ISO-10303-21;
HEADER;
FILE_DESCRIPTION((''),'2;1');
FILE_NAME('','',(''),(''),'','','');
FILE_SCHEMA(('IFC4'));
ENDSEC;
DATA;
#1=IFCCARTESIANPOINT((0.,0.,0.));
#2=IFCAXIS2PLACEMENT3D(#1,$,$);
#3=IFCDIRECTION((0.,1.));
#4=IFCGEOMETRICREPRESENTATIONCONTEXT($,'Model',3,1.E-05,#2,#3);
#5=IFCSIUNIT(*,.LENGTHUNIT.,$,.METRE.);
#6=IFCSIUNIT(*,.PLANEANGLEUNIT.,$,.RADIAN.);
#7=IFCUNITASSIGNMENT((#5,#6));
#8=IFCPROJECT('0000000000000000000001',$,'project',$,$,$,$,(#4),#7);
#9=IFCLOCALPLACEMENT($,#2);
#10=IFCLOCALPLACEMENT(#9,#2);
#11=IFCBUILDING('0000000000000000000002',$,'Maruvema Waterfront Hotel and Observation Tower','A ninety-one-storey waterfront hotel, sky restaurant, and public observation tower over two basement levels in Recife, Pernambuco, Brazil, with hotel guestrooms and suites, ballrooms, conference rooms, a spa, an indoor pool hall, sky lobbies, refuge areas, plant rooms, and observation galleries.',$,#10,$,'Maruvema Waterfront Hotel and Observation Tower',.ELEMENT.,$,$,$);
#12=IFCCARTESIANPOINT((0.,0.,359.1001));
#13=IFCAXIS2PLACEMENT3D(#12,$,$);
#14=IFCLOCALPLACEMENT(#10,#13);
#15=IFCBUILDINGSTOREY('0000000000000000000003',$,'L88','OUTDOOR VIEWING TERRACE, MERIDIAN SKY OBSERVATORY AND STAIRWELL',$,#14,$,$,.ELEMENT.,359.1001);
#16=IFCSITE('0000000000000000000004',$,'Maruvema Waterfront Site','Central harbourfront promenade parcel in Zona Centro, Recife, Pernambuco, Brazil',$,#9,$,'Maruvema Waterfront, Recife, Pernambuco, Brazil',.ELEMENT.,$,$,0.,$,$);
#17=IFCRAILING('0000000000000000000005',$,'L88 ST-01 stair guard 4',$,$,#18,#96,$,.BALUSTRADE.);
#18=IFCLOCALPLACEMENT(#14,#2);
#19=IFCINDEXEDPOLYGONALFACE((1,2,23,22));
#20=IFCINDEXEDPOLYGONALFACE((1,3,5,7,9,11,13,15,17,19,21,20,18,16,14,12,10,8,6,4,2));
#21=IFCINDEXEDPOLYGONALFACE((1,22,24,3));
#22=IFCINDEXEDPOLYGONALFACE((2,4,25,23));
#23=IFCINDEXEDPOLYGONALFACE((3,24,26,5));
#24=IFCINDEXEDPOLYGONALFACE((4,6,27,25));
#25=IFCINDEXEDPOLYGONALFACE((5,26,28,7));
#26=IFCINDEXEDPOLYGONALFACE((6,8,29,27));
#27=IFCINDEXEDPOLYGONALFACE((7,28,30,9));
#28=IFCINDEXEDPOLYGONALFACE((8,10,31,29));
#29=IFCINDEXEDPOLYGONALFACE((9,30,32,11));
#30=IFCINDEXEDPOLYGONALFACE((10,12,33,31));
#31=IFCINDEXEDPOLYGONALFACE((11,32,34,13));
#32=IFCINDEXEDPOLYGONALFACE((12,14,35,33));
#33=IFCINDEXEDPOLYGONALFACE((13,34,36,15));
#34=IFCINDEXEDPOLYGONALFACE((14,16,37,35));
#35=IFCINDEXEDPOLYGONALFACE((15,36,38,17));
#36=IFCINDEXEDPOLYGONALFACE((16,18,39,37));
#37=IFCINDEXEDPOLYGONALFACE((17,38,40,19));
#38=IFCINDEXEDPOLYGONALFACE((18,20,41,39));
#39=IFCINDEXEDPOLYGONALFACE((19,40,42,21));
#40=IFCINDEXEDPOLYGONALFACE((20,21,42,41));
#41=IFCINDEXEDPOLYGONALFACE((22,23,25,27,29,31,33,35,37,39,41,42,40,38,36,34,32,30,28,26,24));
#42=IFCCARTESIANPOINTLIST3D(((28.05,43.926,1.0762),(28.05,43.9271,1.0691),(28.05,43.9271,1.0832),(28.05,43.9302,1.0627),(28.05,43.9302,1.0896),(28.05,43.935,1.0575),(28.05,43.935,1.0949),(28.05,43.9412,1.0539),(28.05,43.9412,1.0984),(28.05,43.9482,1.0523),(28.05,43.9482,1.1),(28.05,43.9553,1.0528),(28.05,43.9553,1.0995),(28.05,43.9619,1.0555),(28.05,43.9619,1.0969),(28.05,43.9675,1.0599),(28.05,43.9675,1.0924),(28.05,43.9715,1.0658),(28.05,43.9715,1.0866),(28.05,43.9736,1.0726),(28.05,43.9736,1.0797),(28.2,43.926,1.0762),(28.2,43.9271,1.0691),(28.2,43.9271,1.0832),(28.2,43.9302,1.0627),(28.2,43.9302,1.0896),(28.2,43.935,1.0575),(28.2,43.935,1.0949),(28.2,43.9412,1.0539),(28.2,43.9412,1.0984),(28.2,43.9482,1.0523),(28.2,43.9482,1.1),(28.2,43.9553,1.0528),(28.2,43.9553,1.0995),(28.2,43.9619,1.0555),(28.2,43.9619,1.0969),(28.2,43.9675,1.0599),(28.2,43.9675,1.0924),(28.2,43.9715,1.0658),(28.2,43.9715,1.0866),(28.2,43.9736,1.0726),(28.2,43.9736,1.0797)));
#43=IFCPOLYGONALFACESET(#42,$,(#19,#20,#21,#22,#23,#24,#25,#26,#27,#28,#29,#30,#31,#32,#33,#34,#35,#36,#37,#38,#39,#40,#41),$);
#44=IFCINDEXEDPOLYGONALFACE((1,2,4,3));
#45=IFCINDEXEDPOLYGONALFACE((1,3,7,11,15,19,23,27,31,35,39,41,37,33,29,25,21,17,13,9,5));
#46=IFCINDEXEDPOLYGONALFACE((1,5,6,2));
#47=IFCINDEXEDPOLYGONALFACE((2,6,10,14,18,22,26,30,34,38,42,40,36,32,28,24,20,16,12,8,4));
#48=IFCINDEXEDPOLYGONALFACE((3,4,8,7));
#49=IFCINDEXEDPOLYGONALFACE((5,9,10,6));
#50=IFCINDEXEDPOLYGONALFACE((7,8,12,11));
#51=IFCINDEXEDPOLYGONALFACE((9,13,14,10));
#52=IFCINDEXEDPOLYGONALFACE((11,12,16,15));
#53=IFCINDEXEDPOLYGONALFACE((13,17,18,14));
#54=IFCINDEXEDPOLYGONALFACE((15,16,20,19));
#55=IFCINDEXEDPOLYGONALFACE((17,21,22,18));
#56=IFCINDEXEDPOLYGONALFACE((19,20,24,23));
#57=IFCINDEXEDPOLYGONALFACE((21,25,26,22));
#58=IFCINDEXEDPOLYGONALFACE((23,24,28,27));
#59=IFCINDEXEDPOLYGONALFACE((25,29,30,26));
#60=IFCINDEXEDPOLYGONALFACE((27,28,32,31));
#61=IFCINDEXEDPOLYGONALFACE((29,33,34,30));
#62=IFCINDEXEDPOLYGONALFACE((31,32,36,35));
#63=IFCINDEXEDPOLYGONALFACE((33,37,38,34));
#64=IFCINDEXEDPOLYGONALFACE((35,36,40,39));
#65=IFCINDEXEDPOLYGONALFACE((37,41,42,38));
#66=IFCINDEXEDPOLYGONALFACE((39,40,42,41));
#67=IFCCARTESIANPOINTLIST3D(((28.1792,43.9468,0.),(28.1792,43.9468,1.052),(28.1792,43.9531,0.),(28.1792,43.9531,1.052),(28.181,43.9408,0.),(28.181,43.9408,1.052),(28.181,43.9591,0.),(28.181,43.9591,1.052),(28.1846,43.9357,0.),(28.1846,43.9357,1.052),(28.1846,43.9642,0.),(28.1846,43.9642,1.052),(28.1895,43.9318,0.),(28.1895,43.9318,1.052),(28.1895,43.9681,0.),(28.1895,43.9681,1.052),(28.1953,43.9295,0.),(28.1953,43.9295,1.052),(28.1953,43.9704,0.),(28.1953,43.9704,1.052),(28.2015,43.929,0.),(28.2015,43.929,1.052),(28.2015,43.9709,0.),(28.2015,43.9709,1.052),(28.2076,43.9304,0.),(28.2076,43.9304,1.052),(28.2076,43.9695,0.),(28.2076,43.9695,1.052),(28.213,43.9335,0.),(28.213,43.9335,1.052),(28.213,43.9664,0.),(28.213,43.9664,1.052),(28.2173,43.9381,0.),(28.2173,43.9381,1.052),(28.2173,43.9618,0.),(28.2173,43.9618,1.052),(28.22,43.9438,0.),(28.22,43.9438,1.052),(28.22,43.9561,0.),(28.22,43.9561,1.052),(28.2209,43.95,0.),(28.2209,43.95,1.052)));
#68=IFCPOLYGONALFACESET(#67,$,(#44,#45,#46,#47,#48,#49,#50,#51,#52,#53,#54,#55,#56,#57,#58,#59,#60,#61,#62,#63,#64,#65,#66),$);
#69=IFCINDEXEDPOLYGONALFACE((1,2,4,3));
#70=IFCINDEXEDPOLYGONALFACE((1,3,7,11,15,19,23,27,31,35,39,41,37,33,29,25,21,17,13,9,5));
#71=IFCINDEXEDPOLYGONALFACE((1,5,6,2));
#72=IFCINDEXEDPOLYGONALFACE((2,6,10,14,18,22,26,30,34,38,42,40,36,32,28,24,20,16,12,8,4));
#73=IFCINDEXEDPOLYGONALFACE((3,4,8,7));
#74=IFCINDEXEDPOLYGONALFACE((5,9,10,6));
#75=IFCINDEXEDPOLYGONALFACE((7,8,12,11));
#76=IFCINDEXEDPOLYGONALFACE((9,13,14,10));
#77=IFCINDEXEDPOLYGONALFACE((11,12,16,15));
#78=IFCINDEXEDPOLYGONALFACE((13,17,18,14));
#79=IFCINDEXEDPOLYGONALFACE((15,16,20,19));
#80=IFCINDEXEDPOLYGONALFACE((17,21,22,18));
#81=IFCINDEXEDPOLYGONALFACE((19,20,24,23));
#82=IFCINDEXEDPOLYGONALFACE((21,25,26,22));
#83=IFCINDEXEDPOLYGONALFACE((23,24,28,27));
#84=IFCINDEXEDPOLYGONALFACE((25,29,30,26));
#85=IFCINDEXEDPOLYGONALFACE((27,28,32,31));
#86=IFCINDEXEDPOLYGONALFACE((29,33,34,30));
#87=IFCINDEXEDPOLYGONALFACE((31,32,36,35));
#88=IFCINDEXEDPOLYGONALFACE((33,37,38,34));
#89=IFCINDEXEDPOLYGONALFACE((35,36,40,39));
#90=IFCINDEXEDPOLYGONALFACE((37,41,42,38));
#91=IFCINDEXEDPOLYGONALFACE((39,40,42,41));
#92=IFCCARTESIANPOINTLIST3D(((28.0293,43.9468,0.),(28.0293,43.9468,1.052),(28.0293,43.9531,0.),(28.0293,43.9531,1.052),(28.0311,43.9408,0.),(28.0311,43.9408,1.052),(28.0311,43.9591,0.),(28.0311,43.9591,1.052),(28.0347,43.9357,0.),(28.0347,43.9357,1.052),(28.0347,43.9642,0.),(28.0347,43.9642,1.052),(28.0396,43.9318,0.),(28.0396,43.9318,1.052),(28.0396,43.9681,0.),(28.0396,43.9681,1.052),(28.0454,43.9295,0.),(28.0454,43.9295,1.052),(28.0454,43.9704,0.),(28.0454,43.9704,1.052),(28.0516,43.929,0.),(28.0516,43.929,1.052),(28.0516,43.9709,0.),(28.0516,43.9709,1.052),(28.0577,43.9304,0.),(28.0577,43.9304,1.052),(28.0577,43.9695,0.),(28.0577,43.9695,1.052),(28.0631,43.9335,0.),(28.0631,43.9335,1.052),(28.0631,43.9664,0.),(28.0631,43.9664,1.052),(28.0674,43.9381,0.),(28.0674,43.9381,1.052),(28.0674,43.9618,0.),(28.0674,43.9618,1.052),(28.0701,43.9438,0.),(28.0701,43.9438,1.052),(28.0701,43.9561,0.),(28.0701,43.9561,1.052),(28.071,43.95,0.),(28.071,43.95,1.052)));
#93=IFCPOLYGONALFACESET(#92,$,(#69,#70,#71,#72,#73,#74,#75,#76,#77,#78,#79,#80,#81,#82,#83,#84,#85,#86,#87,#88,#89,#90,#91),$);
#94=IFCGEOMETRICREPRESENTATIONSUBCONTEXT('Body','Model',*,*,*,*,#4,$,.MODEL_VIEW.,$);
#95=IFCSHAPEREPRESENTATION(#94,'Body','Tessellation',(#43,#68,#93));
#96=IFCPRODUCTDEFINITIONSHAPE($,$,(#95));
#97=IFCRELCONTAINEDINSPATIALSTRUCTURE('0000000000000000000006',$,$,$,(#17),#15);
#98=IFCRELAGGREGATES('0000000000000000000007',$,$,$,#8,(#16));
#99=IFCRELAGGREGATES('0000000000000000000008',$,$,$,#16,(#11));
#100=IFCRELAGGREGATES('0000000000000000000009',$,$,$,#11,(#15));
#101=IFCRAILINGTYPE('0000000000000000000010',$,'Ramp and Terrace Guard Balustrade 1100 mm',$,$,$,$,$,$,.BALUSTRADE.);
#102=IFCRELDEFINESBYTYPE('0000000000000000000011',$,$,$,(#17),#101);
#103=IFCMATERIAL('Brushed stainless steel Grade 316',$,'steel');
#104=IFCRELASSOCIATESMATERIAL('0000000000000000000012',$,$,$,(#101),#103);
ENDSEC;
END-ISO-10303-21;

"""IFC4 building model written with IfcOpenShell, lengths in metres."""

from ifc_helpers import new_model, si_unit, direction, frame, origin, origin_2d, place, context, subcontext, project, spatial, circle, extrude, material, type_object, element, save


model = new_model("IFC4")

# Units and contexts
model_context = context("Model", 3, precision=1e-05, world=origin(), true_north=direction((0.0, 1.0)))
body_context = subcontext(model_context, "Body", "Model", "MODEL_VIEW")
ifc_project = project(units=[si_unit("LENGTHUNIT", "METRE"), si_unit("PLANEANGLEUNIT", "RADIAN")], contexts=[model_context])

# Site, building, storey
site_placement = place(None, origin())
site = spatial("IfcSite", under=ifc_project, at=site_placement, Name="Maruvema Waterfront Site", Description="Central harbourfront promenade parcel in Zona Centro, Recife, Pernambuco, Brazil", LongName="Maruvema Waterfront, Recife, Pernambuco, Brazil", CompositionType="ELEMENT", RefElevation=0.0)
building_placement = place(site_placement, origin())
building = spatial("IfcBuilding", under=site, at=building_placement, Name="Maruvema Waterfront Hotel and Observation Tower", Description="A ninety-one-storey waterfront hotel, sky restaurant, and public observation tower over two basement levels in Recife, Pernambuco, Brazil, with hotel guestrooms and suites, ballrooms, conference rooms, a spa, an indoor pool hall, sky lobbies, refuge areas, plant rooms, and observation galleries.", LongName="Maruvema Waterfront Hotel and Observation Tower", CompositionType="ELEMENT")
storey_placement = place(building_placement, frame((0.0, 0.0, 359.1001)))
storey = spatial("IfcBuildingStorey", under=building, at=storey_placement, Name="L88", Description="OUTDOOR VIEWING TERRACE, MERIDIAN SKY OBSERVATORY AND STAIRWELL", CompositionType="ELEMENT", Elevation=359.1001)

# Railing
ifc_material_1 = material(Name="Brushed stainless steel Grade 316", Category="steel")
railing_type_1 = type_object("IfcRailingType", Name="Ramp and Terrace Guard Balustrade 1100 mm", PredefinedType="BALUSTRADE", material=ifc_material_1)
railing_1_placement = place(storey_placement, frame((28.2, 43.95, 0.0)))
element("IfcRailing", 1, at=railing_1_placement, inside=storey, type_object=railing_type_1, Name="L88 ST-01 stair guard 4", PredefinedType="BALUSTRADE", context=body_context, shape_type="SweptSolid", body=[
    extrude(circle(Radius=0.0239, at=origin_2d()), frame((0.0, 0.0, 1.0762), z_axis=(-1.0, 0.0, 0.0), x_axis=(0.0, -1.0, 0.0)), (0.0, 0.0, 1.0), 0.1499),
    extrude(circle(Radius=0.021, at=origin_2d()), origin(), (0.0, 0.0, 1.0), 1.052),
    extrude(circle(Radius=0.021, at=origin_2d()), frame((-0.1499, 0.0, 0.0)), (0.0, 0.0, 1.0), 1.052),
])

save(model, "model.ifc")
